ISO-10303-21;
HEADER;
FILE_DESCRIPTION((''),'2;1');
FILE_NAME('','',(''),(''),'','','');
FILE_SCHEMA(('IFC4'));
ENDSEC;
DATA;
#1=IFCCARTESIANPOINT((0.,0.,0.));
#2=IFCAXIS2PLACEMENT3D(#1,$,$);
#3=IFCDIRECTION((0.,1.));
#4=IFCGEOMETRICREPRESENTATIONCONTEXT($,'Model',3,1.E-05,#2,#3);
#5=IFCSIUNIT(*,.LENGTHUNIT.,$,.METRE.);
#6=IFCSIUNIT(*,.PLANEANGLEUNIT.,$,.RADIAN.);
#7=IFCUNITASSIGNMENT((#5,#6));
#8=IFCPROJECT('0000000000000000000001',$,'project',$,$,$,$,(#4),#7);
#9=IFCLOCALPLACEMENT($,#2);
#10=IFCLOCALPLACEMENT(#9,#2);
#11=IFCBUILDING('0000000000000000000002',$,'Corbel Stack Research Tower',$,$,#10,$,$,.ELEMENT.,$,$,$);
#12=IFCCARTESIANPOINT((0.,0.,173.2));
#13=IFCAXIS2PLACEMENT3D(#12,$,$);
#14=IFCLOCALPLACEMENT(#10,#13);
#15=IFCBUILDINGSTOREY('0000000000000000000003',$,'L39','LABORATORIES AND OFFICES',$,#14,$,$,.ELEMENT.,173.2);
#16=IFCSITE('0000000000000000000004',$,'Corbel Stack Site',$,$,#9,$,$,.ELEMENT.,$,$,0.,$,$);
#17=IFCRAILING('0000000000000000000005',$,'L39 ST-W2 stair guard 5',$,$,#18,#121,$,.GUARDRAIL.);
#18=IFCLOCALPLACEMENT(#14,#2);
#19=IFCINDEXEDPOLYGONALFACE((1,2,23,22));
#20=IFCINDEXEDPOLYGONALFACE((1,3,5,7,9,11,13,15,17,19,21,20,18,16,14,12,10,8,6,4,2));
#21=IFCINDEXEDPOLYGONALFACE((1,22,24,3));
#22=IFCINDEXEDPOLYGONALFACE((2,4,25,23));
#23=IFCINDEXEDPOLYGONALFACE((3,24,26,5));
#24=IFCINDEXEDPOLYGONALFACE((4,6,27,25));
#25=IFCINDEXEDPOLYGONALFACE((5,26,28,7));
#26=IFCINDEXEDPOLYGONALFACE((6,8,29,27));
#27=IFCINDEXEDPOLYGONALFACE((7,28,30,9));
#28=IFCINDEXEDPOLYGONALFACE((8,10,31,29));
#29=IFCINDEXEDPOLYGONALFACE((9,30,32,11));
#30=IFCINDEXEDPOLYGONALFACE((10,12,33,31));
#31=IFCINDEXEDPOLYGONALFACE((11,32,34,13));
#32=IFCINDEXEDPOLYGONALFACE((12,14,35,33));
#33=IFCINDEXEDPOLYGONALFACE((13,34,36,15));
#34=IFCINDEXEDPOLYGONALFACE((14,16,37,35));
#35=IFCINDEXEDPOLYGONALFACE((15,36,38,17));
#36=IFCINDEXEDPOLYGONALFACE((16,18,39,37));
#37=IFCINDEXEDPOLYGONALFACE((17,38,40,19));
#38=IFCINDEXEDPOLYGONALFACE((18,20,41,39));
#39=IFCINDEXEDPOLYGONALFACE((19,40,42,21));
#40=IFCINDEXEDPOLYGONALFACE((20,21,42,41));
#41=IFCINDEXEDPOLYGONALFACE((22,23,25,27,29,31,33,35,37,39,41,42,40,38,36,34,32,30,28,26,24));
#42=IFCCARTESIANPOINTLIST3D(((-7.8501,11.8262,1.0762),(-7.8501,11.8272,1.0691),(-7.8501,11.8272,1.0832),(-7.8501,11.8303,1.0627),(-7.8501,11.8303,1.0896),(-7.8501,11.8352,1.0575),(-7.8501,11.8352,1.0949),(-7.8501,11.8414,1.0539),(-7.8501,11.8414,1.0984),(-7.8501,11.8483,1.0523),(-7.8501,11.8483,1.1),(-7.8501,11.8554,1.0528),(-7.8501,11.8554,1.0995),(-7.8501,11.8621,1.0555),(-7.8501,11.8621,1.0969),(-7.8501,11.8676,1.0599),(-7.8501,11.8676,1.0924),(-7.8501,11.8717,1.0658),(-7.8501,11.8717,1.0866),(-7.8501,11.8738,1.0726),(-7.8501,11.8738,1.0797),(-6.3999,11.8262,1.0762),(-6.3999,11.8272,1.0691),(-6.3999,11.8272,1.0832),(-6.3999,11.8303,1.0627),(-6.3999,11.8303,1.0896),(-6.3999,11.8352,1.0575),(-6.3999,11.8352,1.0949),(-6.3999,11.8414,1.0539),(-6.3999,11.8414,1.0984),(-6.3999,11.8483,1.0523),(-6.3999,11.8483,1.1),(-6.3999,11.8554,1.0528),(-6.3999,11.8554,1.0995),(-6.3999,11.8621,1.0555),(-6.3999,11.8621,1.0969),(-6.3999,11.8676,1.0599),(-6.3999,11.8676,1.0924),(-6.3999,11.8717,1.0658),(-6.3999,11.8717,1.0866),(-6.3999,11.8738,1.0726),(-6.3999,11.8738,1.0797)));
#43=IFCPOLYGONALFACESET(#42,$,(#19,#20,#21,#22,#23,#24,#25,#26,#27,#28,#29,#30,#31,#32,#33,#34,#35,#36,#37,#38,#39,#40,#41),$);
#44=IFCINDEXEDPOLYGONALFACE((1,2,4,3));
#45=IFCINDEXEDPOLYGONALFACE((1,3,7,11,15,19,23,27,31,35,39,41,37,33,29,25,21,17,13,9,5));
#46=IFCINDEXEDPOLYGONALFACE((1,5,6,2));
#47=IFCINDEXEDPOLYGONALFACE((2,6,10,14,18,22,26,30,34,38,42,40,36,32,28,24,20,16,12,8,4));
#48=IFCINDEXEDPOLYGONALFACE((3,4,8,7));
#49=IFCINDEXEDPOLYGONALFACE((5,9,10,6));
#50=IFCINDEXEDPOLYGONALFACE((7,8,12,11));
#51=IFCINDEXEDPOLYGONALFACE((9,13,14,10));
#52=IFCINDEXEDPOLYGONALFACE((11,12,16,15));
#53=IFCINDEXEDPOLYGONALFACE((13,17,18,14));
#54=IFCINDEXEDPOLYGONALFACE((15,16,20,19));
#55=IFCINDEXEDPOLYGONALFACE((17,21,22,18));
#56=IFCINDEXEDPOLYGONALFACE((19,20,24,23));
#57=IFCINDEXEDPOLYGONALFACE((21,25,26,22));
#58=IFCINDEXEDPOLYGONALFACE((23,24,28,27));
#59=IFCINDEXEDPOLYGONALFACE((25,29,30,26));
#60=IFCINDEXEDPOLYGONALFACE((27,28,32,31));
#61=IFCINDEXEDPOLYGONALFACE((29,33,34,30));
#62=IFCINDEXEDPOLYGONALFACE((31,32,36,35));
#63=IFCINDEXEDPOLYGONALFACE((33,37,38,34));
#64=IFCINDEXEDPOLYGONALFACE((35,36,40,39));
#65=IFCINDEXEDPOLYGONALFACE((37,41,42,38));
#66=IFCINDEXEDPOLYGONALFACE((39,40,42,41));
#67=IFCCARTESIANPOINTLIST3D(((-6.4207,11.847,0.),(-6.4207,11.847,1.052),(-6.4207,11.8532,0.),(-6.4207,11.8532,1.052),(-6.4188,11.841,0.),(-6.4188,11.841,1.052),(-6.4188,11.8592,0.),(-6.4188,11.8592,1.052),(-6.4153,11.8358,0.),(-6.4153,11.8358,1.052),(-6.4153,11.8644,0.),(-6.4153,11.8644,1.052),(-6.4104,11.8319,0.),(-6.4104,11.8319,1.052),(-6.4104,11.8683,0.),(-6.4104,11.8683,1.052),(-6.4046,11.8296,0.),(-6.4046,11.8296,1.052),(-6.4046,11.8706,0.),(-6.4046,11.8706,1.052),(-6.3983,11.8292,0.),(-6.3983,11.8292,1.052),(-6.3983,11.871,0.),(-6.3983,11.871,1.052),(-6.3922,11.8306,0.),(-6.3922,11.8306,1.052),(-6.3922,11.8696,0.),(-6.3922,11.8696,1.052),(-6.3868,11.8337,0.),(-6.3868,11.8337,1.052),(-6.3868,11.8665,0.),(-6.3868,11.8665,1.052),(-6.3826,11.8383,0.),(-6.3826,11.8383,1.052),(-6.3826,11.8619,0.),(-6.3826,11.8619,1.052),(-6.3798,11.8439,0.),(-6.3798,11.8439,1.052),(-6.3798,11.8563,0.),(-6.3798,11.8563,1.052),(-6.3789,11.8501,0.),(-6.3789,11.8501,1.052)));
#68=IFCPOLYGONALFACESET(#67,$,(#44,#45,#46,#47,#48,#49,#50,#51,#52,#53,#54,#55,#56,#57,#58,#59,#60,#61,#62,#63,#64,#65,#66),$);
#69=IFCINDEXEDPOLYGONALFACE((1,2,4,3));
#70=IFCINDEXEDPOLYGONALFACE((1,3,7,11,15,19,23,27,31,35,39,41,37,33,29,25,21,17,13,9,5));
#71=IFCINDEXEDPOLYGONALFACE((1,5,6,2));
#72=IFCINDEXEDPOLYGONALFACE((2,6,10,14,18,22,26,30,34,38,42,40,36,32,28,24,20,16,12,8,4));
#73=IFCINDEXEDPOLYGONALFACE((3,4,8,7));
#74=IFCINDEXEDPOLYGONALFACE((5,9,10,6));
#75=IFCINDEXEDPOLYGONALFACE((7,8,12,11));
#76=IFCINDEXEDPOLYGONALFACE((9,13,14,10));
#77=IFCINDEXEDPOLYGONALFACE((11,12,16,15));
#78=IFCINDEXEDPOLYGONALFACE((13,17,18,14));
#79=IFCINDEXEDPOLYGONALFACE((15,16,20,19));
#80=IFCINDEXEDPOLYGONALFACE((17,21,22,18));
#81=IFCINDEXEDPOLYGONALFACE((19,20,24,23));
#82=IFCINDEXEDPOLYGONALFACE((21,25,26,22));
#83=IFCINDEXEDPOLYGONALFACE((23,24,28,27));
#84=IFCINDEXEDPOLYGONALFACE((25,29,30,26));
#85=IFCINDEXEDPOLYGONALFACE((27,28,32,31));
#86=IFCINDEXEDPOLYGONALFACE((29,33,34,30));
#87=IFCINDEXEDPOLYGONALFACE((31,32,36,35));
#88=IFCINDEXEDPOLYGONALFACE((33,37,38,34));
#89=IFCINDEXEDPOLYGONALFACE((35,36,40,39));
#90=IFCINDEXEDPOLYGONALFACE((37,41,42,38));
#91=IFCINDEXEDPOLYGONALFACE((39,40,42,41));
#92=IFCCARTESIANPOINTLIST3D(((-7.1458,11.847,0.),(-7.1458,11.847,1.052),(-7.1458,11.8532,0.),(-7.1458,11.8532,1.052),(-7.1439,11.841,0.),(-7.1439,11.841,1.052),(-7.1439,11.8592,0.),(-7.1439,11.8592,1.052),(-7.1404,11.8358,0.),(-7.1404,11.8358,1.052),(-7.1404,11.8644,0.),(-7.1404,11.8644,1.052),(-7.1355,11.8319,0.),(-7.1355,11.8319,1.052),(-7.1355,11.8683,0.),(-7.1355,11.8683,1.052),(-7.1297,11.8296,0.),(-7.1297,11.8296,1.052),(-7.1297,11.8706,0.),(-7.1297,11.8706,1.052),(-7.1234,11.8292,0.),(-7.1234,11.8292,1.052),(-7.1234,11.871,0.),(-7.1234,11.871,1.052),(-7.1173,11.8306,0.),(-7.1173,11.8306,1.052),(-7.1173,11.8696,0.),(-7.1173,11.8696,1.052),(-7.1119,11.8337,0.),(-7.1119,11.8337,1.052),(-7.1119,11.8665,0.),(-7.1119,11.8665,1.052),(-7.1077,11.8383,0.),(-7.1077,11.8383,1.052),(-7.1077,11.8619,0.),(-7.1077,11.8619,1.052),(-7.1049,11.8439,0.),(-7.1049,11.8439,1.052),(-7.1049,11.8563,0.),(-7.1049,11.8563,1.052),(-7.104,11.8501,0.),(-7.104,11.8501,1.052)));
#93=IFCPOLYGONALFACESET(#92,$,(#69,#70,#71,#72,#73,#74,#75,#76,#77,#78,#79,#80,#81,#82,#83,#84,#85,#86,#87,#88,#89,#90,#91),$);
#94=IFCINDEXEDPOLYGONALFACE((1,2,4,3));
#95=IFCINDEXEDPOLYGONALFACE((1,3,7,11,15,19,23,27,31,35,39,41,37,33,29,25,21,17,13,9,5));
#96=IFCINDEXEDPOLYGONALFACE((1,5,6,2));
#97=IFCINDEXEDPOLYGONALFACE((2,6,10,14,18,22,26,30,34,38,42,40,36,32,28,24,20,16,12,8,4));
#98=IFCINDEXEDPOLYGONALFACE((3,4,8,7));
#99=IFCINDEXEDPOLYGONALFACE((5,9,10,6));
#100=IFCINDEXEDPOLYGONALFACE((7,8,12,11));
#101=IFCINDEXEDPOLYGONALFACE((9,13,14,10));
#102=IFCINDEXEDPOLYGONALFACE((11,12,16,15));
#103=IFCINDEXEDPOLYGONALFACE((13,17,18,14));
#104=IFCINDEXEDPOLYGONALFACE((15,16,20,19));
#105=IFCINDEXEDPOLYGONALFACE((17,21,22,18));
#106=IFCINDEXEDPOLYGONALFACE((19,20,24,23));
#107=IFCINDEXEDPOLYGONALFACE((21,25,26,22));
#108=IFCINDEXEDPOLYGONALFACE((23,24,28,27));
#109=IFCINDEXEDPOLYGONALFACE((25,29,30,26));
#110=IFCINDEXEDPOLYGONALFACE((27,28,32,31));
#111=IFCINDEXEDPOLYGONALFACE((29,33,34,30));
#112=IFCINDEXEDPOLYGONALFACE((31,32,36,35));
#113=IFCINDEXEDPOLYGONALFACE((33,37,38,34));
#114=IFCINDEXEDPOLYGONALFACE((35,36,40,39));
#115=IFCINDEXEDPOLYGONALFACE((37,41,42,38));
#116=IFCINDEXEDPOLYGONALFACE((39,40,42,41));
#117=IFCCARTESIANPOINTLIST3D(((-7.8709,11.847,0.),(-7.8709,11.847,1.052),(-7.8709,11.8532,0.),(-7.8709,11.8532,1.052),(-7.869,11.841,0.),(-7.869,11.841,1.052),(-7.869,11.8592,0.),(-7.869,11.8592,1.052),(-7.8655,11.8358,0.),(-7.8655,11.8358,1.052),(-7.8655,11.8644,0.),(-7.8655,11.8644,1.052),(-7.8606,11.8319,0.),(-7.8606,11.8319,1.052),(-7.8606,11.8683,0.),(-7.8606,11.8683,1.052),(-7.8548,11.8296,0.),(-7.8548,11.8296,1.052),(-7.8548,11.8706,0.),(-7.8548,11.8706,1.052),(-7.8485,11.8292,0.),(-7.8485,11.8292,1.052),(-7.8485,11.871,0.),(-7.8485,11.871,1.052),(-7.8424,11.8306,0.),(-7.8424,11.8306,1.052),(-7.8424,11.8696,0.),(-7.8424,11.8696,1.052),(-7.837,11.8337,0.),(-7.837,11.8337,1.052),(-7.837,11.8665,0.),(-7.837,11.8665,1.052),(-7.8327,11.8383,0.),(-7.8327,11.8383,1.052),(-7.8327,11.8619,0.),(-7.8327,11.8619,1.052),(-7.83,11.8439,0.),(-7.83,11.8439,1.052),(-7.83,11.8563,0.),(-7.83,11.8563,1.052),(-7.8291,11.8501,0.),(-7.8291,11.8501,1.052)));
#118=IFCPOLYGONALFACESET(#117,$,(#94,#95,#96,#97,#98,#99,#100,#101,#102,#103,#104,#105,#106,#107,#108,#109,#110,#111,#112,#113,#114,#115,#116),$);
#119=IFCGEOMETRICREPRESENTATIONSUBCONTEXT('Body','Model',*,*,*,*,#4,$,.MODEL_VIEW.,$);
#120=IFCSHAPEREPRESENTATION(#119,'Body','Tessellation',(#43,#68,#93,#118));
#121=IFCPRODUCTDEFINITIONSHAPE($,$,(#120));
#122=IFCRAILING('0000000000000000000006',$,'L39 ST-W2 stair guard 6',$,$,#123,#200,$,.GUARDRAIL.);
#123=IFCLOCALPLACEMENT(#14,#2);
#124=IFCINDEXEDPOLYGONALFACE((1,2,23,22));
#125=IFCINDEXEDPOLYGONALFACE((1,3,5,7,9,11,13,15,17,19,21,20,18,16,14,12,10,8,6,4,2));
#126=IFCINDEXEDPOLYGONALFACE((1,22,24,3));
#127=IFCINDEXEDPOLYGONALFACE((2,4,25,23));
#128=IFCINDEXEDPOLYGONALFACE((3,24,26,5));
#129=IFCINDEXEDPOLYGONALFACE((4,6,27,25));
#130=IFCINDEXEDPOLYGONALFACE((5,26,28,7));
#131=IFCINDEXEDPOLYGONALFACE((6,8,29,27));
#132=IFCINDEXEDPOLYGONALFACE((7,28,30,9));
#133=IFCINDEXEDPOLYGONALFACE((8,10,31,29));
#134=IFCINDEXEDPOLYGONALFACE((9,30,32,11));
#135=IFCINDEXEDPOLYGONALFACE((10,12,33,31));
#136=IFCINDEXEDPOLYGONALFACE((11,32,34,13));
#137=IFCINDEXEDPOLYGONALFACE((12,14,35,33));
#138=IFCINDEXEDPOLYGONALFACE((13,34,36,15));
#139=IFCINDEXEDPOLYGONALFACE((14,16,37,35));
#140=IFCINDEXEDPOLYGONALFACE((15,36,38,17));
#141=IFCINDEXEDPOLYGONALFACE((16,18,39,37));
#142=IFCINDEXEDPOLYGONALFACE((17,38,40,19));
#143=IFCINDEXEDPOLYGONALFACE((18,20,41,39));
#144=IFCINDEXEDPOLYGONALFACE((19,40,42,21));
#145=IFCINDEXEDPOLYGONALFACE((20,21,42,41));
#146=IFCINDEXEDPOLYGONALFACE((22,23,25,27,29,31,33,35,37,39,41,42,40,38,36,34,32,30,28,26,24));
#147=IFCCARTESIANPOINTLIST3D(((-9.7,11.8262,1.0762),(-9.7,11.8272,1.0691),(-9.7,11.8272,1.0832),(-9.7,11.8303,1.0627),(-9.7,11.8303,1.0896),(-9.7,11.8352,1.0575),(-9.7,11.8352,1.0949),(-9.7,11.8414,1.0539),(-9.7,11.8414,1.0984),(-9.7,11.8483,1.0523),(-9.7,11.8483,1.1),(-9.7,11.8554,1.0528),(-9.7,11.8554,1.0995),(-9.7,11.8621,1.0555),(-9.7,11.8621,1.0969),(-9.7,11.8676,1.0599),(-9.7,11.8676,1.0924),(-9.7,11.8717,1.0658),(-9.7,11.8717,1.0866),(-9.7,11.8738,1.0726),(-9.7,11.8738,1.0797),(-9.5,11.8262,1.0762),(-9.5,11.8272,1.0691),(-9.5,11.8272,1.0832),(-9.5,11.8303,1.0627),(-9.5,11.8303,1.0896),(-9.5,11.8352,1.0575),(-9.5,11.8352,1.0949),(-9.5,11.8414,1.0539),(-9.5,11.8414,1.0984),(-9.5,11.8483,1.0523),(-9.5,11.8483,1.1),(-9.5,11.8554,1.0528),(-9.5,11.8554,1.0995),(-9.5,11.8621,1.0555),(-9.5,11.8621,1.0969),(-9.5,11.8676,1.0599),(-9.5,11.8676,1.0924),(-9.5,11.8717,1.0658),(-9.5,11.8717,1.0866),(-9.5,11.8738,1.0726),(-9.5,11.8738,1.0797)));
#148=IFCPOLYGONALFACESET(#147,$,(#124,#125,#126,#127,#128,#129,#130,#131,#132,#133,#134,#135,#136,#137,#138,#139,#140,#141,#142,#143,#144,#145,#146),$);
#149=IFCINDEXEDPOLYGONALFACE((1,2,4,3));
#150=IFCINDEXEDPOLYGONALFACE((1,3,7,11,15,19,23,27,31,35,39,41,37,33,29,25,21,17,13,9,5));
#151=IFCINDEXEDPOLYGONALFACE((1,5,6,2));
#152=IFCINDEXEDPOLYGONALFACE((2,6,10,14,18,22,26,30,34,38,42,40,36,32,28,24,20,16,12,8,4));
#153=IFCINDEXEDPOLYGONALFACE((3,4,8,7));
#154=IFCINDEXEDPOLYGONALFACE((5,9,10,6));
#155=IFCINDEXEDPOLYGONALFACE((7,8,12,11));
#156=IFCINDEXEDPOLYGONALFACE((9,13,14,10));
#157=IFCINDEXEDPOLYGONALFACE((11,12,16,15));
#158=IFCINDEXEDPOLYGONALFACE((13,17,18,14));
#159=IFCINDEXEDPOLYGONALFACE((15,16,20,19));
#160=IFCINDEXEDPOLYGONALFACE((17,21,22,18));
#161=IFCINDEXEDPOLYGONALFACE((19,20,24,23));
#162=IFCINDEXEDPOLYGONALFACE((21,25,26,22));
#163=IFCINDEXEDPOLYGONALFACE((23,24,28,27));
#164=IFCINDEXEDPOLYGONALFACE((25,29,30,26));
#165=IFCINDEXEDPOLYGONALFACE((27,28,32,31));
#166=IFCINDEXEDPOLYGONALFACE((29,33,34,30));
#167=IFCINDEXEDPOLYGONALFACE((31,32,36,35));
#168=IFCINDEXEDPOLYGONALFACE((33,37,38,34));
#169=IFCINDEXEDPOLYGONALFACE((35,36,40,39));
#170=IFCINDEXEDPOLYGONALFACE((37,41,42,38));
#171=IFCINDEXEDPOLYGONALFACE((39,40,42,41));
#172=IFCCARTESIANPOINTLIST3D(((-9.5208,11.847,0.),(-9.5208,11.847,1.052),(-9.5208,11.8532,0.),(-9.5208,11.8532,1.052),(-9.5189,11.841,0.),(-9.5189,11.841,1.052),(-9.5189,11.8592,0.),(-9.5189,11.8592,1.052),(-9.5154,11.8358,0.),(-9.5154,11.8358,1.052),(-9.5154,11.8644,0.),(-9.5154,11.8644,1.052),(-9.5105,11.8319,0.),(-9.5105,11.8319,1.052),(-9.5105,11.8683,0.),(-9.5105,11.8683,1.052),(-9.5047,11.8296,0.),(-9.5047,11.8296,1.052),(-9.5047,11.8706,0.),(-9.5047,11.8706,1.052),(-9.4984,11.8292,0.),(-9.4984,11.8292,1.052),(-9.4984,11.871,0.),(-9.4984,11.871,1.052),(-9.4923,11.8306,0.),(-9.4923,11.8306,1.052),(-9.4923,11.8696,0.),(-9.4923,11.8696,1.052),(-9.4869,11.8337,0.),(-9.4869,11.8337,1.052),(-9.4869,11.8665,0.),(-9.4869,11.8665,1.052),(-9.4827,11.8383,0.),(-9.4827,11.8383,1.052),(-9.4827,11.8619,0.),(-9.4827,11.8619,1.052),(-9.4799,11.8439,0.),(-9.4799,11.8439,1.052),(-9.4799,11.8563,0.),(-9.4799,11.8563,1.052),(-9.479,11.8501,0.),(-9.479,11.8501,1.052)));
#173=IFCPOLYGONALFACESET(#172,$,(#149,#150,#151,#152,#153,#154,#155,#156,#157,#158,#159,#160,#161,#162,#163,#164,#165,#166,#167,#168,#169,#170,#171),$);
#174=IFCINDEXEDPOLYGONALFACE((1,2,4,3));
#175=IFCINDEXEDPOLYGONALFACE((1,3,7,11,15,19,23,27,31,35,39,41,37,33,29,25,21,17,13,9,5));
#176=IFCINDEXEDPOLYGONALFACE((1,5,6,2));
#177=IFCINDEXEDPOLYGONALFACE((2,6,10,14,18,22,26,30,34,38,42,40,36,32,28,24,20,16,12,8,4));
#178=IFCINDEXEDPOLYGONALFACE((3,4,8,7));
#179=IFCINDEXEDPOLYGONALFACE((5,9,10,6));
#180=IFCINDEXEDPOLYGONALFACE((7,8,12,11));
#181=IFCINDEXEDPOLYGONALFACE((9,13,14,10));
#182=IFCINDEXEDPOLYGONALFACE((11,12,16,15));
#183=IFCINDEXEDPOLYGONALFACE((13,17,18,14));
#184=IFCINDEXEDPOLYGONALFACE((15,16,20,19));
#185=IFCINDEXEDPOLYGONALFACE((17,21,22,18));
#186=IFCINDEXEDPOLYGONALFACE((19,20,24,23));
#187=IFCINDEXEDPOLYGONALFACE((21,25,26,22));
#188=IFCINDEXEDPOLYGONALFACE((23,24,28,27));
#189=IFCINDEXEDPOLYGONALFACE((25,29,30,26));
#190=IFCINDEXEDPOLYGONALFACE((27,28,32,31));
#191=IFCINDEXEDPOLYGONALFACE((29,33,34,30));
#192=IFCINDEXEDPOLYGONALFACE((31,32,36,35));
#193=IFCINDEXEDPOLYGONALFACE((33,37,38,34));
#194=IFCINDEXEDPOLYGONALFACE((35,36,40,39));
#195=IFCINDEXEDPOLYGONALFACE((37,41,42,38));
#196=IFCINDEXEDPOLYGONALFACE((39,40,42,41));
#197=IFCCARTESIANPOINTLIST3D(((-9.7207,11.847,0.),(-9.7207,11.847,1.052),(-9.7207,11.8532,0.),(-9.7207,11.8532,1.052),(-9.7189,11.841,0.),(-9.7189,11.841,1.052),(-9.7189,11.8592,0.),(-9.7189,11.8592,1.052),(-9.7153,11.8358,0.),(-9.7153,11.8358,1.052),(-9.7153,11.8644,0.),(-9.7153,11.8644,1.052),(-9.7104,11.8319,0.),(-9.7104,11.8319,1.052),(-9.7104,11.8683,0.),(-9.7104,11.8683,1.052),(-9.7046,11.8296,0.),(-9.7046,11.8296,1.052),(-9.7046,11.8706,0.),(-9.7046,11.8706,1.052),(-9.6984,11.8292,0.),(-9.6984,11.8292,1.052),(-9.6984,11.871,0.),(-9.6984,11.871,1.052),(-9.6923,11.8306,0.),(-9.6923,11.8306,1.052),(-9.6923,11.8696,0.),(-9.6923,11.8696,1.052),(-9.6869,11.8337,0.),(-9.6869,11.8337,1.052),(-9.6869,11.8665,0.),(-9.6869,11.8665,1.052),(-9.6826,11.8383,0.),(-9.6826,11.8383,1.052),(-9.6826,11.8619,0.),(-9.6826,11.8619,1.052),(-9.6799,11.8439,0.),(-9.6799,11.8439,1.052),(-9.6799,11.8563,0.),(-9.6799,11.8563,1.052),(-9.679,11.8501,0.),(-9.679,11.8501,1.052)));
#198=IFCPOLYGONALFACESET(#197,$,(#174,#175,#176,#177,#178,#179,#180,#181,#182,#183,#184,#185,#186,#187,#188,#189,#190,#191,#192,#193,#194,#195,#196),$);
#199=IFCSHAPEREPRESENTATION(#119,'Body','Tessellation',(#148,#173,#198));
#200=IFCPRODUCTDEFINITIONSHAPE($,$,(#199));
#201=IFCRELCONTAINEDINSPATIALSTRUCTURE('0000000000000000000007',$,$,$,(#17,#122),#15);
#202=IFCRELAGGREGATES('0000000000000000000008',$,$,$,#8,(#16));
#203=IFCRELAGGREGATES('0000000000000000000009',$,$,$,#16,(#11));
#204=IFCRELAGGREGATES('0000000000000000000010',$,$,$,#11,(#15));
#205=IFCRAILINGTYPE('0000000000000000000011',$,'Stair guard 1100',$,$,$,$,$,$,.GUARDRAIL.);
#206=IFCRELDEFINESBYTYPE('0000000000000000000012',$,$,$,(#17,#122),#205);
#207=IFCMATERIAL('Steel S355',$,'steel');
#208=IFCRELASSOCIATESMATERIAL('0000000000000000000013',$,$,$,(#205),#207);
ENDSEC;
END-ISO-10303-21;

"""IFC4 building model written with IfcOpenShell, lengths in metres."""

from ifc_helpers import new_model, si_unit, direction, frame, origin, origin_2d, place, context, subcontext, project, spatial, circle, extrude, material, type_object, element, save


model = new_model("IFC4")

# Units and contexts
model_context = context("Model", 3, precision=1e-05, world=origin(), true_north=direction((0.0, 1.0)))
body_context = subcontext(model_context, "Body", "Model", "MODEL_VIEW")
ifc_project = project(units=[si_unit("LENGTHUNIT", "METRE"), si_unit("PLANEANGLEUNIT", "RADIAN")], contexts=[model_context])

# Site, building, storey
site_placement = place(None, origin())
site = spatial("IfcSite", under=ifc_project, at=site_placement, Name="Corbel Stack Site", CompositionType="ELEMENT", RefElevation=0.0)
building_placement = place(site_placement, origin())
building = spatial("IfcBuilding", under=site, at=building_placement, Name="Corbel Stack Research Tower", CompositionType="ELEMENT")
storey_placement = place(building_placement, frame((0.0, 0.0, 173.2)))
storey = spatial("IfcBuildingStorey", under=building, at=storey_placement, Name="L39", Description="LABORATORIES AND OFFICES", CompositionType="ELEMENT", Elevation=173.2)

# Railings
ifc_material_1 = material(Name="Steel S355", Category="steel")
railing_type_1 = type_object("IfcRailingType", Name="Stair guard 1100", PredefinedType="GUARDRAIL", material=ifc_material_1)
railing_1_placement = place(storey_placement, frame((-6.3999, 11.8501, 0.0)))
element("IfcRailing", 1, at=railing_1_placement, inside=storey, type_object=railing_type_1, Name="L39 ST-W2 stair guard 5", PredefinedType="GUARDRAIL", context=body_context, shape_type="SweptSolid", body=[
    extrude(circle(Radius=0.0239, at=origin_2d()), frame((0.0, 0.0, 1.0762), z_axis=(-1.0, 0.0, 0.0), x_axis=(0.0, -1.0, 0.0)), (0.0, 0.0, 1.0), 1.4502),
    extrude(circle(Radius=0.021, at=origin_2d()), origin(), (0.0, 0.0, 1.0), 1.052),
    extrude(circle(Radius=0.021, at=origin_2d()), frame((-0.7251, 0.0, 0.0)), (0.0, 0.0, 1.0), 1.052),
    extrude(circle(Radius=0.021, at=origin_2d()), frame((-1.4502, 0.0, 0.0)), (0.0, 0.0, 1.0), 1.052),
])
railing_2_placement = place(storey_placement, frame((-9.5, 11.8501, 0.0)))
element("IfcRailing", 2, at=railing_2_placement, inside=storey, type_object=railing_type_1, Name="L39 ST-W2 stair guard 6", PredefinedType="GUARDRAIL", context=body_context, shape_type="SweptSolid", body=[
    extrude(circle(Radius=0.0239, at=origin_2d()), frame((0.0, 0.0, 1.0762), z_axis=(-1.0, 0.0, 0.0), x_axis=(0.0, -1.0, 0.0)), (0.0, 0.0, 1.0), 0.2),
    extrude(circle(Radius=0.021, at=origin_2d()), origin(), (0.0, 0.0, 1.0), 1.052),
    extrude(circle(Radius=0.021, at=origin_2d()), frame((-0.2, 0.0, 0.0)), (0.0, 0.0, 1.0), 1.052),
])

save(model, "model.ifc")
